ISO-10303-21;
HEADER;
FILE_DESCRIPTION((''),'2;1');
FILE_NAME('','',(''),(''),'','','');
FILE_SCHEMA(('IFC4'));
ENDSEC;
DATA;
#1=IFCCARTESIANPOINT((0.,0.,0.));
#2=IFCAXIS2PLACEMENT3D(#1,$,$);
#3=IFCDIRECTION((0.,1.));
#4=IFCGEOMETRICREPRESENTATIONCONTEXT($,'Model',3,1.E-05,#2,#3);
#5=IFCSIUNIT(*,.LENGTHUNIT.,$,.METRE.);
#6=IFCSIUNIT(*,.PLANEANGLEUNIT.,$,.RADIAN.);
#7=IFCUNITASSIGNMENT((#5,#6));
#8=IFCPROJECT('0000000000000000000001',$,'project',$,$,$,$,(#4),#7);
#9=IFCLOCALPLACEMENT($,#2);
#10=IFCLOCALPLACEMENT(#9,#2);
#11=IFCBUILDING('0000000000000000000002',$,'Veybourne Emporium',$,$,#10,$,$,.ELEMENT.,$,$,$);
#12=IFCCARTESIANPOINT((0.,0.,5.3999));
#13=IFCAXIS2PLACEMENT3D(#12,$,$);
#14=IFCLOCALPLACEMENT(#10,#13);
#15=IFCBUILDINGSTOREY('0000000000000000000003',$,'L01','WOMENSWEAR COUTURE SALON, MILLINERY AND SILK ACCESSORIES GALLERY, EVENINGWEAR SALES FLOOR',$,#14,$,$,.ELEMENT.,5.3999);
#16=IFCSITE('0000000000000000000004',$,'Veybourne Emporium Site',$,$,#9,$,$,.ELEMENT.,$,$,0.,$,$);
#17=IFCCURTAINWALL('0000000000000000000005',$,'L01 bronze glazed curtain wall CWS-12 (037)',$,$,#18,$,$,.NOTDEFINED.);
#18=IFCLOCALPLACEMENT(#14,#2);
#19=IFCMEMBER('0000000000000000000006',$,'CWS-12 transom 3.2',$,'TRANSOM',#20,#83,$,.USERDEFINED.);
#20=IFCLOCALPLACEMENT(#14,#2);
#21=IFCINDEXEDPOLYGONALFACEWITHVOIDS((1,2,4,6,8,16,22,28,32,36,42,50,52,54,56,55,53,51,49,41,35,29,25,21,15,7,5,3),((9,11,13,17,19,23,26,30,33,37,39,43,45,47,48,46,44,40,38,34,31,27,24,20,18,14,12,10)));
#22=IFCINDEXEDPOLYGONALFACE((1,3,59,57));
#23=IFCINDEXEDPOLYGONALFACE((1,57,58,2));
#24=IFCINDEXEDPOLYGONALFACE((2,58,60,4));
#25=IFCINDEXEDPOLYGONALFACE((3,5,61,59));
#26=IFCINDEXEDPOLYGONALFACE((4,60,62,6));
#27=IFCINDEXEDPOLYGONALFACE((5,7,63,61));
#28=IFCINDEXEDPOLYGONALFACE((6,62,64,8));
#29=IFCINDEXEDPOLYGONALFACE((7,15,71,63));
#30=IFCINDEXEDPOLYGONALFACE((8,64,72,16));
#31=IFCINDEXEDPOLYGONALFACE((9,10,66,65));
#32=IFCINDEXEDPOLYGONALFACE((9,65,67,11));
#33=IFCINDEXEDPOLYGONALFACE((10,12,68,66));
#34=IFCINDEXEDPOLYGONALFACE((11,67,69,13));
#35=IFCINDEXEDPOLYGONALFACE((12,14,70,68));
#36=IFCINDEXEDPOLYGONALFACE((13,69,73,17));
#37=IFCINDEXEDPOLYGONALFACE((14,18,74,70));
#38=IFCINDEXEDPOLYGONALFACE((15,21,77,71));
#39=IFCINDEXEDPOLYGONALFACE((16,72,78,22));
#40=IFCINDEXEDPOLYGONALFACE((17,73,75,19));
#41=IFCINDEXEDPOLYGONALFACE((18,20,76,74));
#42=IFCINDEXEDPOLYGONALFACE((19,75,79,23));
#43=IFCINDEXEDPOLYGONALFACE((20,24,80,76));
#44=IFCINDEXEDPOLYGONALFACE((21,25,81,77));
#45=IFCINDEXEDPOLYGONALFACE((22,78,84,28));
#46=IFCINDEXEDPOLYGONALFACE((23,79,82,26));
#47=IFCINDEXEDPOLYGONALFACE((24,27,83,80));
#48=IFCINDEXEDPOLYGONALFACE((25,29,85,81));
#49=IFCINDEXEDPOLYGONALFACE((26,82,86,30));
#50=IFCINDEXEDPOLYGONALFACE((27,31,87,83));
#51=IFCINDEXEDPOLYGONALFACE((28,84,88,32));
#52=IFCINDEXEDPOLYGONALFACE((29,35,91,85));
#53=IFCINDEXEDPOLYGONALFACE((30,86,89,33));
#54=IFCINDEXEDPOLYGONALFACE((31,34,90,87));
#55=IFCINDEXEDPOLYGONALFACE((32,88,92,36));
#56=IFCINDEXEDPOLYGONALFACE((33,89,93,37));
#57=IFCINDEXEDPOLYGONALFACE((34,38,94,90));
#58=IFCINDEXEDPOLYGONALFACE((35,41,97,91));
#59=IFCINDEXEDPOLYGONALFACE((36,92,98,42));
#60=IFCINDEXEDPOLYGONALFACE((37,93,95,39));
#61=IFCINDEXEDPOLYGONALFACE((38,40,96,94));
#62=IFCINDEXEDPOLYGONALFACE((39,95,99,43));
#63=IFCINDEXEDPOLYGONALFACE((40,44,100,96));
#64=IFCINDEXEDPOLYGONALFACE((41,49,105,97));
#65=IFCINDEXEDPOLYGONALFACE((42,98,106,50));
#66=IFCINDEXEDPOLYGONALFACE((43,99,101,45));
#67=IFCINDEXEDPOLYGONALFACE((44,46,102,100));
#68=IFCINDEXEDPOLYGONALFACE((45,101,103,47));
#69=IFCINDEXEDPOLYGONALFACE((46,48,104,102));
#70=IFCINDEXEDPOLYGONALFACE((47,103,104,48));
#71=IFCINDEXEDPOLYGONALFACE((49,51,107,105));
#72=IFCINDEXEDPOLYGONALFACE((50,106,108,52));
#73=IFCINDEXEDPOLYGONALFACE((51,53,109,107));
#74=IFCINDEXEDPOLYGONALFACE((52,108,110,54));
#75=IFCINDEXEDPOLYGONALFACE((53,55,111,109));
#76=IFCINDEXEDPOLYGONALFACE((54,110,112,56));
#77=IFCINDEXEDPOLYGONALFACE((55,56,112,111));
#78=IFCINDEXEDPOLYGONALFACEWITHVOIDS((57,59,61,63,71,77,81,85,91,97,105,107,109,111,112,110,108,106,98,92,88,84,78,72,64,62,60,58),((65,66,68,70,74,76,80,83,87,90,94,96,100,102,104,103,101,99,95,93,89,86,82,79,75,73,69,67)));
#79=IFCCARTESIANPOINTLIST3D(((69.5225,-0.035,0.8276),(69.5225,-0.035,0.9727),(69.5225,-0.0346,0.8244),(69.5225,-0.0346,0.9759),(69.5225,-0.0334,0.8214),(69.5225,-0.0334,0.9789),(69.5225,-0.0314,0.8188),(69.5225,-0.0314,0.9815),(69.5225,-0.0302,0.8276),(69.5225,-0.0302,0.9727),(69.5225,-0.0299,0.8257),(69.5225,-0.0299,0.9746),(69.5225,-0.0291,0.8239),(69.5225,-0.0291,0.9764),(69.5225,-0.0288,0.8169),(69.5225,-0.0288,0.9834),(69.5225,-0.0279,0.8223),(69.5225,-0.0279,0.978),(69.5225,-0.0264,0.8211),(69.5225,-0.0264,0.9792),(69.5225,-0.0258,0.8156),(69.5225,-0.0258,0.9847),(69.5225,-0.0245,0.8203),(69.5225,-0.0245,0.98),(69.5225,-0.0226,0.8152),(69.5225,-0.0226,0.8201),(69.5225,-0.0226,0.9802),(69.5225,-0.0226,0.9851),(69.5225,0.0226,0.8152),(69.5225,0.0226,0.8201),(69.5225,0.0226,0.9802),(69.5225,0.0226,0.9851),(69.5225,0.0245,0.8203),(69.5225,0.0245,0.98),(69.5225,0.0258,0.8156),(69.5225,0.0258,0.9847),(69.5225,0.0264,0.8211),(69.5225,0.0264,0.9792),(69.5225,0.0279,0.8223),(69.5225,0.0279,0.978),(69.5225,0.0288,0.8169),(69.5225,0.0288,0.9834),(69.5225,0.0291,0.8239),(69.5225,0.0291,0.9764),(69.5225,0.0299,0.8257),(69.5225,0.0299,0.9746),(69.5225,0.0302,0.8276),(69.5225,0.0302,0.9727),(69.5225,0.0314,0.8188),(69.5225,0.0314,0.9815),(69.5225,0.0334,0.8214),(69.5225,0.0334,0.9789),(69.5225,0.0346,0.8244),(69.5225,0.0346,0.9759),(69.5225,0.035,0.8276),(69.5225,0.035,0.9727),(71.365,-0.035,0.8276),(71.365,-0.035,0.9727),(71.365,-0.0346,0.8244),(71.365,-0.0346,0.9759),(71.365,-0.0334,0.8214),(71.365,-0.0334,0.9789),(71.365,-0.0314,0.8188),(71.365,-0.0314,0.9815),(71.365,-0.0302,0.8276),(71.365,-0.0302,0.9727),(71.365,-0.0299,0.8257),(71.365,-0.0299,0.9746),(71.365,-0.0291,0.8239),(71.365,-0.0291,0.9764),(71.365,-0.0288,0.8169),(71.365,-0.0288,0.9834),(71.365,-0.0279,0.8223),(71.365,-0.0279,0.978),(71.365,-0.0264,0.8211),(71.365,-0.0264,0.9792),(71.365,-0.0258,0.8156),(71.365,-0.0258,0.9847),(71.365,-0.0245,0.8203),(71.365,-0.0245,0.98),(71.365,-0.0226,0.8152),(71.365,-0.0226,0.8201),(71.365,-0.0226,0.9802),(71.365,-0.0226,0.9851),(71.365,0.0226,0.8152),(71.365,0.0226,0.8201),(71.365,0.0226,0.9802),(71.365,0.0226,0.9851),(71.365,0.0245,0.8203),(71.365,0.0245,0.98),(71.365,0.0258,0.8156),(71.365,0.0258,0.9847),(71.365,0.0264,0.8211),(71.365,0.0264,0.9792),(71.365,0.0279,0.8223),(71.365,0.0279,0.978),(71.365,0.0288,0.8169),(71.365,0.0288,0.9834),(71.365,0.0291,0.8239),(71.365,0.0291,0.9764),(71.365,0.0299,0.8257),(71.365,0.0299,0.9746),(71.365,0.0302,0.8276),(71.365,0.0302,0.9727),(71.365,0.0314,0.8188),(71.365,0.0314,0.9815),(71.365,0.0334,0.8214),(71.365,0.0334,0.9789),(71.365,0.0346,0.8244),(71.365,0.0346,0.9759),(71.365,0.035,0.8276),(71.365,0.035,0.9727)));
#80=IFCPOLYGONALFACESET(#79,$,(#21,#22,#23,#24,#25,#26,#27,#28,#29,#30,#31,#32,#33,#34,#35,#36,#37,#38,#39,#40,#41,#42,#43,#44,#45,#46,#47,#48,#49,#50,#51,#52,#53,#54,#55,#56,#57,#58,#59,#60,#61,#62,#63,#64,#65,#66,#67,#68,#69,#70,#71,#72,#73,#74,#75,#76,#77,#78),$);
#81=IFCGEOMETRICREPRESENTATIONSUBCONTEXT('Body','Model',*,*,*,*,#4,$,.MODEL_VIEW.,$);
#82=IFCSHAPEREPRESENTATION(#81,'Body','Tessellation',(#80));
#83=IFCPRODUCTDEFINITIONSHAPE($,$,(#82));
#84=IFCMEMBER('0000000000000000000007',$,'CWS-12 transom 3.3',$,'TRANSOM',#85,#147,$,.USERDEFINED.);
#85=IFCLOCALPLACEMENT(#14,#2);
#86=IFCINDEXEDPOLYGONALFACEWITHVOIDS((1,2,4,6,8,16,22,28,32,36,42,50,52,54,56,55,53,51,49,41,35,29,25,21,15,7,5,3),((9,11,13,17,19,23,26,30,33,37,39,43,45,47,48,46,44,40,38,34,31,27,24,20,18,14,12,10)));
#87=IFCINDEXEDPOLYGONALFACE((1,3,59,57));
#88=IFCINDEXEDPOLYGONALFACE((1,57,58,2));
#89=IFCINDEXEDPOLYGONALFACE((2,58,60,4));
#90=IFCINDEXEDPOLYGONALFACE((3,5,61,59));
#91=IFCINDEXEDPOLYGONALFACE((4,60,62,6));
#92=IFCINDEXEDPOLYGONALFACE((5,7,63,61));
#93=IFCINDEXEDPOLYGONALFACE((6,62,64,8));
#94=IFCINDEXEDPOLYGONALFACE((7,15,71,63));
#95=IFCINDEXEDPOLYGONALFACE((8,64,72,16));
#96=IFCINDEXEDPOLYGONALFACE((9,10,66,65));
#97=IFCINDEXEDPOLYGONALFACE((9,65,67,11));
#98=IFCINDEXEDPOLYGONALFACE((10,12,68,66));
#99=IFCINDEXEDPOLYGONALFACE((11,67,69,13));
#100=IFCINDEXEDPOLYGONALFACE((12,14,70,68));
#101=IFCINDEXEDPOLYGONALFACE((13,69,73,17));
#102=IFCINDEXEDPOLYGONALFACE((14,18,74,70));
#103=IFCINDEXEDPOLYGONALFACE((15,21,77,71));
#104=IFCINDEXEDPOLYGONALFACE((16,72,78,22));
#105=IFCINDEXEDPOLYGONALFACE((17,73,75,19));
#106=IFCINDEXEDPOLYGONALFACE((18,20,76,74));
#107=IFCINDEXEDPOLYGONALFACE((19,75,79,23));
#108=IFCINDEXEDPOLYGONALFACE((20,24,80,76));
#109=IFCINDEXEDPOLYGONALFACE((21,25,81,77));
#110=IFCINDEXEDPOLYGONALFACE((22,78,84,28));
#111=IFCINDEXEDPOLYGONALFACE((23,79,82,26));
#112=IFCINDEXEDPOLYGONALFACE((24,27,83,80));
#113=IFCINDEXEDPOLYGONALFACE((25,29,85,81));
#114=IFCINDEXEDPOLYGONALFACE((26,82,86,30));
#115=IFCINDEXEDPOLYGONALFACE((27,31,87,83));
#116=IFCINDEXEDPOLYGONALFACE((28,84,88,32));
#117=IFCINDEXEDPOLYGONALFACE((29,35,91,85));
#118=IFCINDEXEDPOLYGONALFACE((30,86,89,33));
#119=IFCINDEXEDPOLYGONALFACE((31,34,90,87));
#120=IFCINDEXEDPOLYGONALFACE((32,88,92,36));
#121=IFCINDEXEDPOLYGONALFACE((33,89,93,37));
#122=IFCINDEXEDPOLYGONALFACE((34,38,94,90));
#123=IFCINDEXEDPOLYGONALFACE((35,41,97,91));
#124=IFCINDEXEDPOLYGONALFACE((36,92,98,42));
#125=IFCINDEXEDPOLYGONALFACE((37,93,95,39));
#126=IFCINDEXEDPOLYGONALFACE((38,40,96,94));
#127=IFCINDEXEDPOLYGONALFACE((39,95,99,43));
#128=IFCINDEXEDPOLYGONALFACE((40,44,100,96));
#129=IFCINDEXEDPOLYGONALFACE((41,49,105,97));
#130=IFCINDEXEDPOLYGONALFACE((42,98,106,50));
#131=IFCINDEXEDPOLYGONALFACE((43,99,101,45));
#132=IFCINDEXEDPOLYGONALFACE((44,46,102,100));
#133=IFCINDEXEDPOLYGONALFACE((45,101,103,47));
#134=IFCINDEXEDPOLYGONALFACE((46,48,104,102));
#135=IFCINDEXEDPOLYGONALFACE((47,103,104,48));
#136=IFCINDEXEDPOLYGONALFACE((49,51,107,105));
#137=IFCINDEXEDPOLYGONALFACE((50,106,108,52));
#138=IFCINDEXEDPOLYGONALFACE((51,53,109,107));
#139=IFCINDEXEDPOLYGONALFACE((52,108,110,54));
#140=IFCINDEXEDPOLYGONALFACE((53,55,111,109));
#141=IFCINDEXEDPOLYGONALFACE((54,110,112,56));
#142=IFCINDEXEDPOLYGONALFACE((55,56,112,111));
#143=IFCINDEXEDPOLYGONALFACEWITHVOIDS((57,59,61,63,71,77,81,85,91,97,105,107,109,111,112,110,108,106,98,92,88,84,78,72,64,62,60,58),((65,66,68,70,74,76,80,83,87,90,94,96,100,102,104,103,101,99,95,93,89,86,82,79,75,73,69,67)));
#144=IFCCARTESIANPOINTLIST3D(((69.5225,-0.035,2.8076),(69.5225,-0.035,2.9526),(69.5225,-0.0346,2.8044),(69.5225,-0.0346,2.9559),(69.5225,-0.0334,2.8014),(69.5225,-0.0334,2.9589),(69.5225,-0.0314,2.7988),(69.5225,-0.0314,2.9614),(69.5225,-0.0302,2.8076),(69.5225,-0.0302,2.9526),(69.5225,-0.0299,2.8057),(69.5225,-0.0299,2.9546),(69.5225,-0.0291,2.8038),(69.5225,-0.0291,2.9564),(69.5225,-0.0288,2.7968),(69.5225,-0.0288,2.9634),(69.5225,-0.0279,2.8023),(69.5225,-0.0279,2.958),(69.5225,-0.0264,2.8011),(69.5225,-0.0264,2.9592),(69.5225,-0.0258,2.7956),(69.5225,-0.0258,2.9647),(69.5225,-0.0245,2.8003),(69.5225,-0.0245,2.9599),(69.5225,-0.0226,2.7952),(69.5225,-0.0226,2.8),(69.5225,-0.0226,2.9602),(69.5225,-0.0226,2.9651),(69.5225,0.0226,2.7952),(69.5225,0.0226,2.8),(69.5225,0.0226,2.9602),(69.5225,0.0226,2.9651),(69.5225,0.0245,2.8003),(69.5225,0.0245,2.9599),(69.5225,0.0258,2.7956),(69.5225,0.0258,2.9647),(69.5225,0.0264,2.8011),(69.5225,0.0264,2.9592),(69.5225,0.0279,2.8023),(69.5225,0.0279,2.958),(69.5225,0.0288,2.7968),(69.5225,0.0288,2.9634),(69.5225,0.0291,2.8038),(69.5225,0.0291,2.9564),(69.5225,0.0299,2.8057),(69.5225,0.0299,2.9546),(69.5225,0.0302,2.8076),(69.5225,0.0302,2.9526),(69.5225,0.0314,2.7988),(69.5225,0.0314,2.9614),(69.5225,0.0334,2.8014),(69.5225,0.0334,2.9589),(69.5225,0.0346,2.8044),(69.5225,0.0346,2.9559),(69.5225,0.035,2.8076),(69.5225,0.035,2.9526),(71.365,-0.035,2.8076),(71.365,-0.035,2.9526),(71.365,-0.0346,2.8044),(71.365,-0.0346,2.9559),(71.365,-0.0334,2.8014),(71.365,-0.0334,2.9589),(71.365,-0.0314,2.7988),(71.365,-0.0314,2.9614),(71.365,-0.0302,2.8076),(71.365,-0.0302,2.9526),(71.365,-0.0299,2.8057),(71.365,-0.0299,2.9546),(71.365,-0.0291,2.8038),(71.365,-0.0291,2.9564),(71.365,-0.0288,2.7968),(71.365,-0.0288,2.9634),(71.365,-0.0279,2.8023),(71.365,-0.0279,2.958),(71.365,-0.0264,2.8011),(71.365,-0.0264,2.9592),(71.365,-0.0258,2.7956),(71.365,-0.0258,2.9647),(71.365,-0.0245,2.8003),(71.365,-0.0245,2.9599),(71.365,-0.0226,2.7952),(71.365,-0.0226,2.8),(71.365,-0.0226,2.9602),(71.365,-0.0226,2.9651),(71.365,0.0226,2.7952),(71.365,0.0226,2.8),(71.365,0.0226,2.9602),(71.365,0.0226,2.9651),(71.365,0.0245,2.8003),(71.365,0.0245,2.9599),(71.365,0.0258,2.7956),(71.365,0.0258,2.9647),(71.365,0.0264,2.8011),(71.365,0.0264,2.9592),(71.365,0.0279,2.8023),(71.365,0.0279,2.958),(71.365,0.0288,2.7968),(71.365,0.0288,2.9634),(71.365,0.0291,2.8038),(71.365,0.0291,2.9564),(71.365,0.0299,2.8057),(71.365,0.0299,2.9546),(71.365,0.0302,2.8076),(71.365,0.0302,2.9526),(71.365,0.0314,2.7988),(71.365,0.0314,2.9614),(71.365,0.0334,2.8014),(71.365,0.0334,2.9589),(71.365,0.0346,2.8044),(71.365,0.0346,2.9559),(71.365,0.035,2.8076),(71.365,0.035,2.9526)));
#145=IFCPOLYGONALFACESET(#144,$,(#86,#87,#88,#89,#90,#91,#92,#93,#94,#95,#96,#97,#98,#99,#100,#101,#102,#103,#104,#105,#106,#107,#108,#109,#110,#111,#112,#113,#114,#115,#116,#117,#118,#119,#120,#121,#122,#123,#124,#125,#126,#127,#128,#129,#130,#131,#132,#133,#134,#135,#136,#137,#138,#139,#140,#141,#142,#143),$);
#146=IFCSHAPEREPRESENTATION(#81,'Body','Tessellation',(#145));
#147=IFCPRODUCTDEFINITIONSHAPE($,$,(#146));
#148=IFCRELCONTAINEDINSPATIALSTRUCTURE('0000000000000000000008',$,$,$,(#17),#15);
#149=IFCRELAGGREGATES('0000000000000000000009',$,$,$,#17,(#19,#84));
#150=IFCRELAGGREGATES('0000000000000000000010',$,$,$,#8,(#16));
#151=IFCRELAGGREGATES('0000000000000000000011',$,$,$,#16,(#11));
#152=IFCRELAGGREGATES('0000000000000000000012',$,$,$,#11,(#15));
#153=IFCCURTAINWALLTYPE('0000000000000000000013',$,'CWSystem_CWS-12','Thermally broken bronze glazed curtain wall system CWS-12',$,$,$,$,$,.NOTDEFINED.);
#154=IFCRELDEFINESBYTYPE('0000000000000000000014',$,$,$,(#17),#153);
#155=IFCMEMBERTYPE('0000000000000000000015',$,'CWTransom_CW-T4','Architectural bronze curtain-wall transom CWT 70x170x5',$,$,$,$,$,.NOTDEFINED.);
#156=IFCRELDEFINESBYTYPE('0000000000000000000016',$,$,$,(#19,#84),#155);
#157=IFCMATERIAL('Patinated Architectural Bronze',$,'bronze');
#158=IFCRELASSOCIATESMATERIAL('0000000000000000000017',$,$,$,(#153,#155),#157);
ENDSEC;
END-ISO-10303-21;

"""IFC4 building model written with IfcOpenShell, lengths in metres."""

from ifc_helpers import new_model, si_unit, direction, frame, origin, origin_2d, place, context, subcontext, project, spatial, hollow_rectangle, extrude, material, material_profile, profile_set, type_object, element, aggregate, save


model = new_model("IFC4")

# Units and contexts
model_context = context("Model", 3, precision=1e-05, world=origin(), true_north=direction((0.0, 1.0)))
body_context = subcontext(model_context, "Body", "Model", "MODEL_VIEW")
ifc_project = project(units=[si_unit("LENGTHUNIT", "METRE"), si_unit("PLANEANGLEUNIT", "RADIAN")], contexts=[model_context])

# Site, building, storey
site_placement = place(None, origin())
site = spatial("IfcSite", under=ifc_project, at=site_placement, Name="Veybourne Emporium Site", CompositionType="ELEMENT", RefElevation=0.0)
building_placement = place(site_placement, origin())
building = spatial("IfcBuilding", under=site, at=building_placement, Name="Veybourne Emporium", CompositionType="ELEMENT")
storey_placement = place(building_placement, frame((0.0, 0.0, 5.3999)))
storey = spatial("IfcBuildingStorey", under=building, at=storey_placement, Name="L01", Description="WOMENSWEAR COUTURE SALON, MILLINERY AND SILK ACCESSORIES GALLERY, EVENINGWEAR SALES FLOOR", CompositionType="ELEMENT", Elevation=5.3999)

# Curtain wall, members
ifc_material_1 = material(Name="Patinated Architectural Bronze", Category="bronze")
curtain_wall_type = type_object("IfcCurtainWallType", Name="CWSystem_CWS-12", Description="Thermally broken bronze glazed curtain wall system CWS-12", PredefinedType="NOTDEFINED", material=ifc_material_1)
curtain_wall_placement = place(storey_placement, origin())
curtain_wall = element("IfcCurtainWall", 1, at=curtain_wall_placement, inside=storey, type_object=curtain_wall_type, Name="L01 bronze glazed curtain wall CWS-12 (037)", PredefinedType="NOTDEFINED")
ifc_material_profile_1 = material_profile(ifc_material_1, hollow_rectangle(XDim=0.0701, YDim=0.1699, WallThickness=0.0049, InnerFilletRadius=0.0076, OuterFilletRadius=0.0125, at=origin_2d()), Name="CWT 70x170x5")
ifc_profile_set_1 = profile_set([ifc_material_profile_1], Name="Patinated Architectural Bronze")
member_type_1 = type_object("IfcMemberType", Name="CWTransom_CW-T4", Description="Architectural bronze curtain-wall transom CWT 70x170x5", PredefinedType="NOTDEFINED", material=ifc_profile_set_1)
member_1_placement = place(storey_placement, frame((71.365, 0.0, 0.9001), z_axis=(-1.0, 0.0, 0.0), x_axis=(0.0, -1.0, 0.0)))
member_1 = element("IfcMember", 2, at=member_1_placement, type_object=member_type_1, Name="CWS-12 transom 3.2", ObjectType="TRANSOM", PredefinedType="USERDEFINED", context=body_context, shape_type="SweptSolid", body=[
    extrude(hollow_rectangle(XDim=0.0701, YDim=0.1699, WallThickness=0.0049, InnerFilletRadius=0.0076, OuterFilletRadius=0.0125, at=origin_2d()), origin(), (0.0, 0.0, 1.0), 1.8425),
])
member_2_placement = place(storey_placement, frame((71.365, 0.0, 2.8801), z_axis=(-1.0, 0.0, 0.0), x_axis=(0.0, -1.0, 0.0)))
member_2 = element("IfcMember", 3, at=member_2_placement, type_object=member_type_1, Name="CWS-12 transom 3.3", ObjectType="TRANSOM", PredefinedType="USERDEFINED", context=body_context, shape_type="SweptSolid", body=[
    extrude(hollow_rectangle(XDim=0.0701, YDim=0.1699, WallThickness=0.0049, InnerFilletRadius=0.0076, OuterFilletRadius=0.0125, at=origin_2d()), origin(), (0.0, 0.0, 1.0), 1.8425),
])

aggregate(curtain_wall, [member_1, member_2])

save(model, "model.ifc")
